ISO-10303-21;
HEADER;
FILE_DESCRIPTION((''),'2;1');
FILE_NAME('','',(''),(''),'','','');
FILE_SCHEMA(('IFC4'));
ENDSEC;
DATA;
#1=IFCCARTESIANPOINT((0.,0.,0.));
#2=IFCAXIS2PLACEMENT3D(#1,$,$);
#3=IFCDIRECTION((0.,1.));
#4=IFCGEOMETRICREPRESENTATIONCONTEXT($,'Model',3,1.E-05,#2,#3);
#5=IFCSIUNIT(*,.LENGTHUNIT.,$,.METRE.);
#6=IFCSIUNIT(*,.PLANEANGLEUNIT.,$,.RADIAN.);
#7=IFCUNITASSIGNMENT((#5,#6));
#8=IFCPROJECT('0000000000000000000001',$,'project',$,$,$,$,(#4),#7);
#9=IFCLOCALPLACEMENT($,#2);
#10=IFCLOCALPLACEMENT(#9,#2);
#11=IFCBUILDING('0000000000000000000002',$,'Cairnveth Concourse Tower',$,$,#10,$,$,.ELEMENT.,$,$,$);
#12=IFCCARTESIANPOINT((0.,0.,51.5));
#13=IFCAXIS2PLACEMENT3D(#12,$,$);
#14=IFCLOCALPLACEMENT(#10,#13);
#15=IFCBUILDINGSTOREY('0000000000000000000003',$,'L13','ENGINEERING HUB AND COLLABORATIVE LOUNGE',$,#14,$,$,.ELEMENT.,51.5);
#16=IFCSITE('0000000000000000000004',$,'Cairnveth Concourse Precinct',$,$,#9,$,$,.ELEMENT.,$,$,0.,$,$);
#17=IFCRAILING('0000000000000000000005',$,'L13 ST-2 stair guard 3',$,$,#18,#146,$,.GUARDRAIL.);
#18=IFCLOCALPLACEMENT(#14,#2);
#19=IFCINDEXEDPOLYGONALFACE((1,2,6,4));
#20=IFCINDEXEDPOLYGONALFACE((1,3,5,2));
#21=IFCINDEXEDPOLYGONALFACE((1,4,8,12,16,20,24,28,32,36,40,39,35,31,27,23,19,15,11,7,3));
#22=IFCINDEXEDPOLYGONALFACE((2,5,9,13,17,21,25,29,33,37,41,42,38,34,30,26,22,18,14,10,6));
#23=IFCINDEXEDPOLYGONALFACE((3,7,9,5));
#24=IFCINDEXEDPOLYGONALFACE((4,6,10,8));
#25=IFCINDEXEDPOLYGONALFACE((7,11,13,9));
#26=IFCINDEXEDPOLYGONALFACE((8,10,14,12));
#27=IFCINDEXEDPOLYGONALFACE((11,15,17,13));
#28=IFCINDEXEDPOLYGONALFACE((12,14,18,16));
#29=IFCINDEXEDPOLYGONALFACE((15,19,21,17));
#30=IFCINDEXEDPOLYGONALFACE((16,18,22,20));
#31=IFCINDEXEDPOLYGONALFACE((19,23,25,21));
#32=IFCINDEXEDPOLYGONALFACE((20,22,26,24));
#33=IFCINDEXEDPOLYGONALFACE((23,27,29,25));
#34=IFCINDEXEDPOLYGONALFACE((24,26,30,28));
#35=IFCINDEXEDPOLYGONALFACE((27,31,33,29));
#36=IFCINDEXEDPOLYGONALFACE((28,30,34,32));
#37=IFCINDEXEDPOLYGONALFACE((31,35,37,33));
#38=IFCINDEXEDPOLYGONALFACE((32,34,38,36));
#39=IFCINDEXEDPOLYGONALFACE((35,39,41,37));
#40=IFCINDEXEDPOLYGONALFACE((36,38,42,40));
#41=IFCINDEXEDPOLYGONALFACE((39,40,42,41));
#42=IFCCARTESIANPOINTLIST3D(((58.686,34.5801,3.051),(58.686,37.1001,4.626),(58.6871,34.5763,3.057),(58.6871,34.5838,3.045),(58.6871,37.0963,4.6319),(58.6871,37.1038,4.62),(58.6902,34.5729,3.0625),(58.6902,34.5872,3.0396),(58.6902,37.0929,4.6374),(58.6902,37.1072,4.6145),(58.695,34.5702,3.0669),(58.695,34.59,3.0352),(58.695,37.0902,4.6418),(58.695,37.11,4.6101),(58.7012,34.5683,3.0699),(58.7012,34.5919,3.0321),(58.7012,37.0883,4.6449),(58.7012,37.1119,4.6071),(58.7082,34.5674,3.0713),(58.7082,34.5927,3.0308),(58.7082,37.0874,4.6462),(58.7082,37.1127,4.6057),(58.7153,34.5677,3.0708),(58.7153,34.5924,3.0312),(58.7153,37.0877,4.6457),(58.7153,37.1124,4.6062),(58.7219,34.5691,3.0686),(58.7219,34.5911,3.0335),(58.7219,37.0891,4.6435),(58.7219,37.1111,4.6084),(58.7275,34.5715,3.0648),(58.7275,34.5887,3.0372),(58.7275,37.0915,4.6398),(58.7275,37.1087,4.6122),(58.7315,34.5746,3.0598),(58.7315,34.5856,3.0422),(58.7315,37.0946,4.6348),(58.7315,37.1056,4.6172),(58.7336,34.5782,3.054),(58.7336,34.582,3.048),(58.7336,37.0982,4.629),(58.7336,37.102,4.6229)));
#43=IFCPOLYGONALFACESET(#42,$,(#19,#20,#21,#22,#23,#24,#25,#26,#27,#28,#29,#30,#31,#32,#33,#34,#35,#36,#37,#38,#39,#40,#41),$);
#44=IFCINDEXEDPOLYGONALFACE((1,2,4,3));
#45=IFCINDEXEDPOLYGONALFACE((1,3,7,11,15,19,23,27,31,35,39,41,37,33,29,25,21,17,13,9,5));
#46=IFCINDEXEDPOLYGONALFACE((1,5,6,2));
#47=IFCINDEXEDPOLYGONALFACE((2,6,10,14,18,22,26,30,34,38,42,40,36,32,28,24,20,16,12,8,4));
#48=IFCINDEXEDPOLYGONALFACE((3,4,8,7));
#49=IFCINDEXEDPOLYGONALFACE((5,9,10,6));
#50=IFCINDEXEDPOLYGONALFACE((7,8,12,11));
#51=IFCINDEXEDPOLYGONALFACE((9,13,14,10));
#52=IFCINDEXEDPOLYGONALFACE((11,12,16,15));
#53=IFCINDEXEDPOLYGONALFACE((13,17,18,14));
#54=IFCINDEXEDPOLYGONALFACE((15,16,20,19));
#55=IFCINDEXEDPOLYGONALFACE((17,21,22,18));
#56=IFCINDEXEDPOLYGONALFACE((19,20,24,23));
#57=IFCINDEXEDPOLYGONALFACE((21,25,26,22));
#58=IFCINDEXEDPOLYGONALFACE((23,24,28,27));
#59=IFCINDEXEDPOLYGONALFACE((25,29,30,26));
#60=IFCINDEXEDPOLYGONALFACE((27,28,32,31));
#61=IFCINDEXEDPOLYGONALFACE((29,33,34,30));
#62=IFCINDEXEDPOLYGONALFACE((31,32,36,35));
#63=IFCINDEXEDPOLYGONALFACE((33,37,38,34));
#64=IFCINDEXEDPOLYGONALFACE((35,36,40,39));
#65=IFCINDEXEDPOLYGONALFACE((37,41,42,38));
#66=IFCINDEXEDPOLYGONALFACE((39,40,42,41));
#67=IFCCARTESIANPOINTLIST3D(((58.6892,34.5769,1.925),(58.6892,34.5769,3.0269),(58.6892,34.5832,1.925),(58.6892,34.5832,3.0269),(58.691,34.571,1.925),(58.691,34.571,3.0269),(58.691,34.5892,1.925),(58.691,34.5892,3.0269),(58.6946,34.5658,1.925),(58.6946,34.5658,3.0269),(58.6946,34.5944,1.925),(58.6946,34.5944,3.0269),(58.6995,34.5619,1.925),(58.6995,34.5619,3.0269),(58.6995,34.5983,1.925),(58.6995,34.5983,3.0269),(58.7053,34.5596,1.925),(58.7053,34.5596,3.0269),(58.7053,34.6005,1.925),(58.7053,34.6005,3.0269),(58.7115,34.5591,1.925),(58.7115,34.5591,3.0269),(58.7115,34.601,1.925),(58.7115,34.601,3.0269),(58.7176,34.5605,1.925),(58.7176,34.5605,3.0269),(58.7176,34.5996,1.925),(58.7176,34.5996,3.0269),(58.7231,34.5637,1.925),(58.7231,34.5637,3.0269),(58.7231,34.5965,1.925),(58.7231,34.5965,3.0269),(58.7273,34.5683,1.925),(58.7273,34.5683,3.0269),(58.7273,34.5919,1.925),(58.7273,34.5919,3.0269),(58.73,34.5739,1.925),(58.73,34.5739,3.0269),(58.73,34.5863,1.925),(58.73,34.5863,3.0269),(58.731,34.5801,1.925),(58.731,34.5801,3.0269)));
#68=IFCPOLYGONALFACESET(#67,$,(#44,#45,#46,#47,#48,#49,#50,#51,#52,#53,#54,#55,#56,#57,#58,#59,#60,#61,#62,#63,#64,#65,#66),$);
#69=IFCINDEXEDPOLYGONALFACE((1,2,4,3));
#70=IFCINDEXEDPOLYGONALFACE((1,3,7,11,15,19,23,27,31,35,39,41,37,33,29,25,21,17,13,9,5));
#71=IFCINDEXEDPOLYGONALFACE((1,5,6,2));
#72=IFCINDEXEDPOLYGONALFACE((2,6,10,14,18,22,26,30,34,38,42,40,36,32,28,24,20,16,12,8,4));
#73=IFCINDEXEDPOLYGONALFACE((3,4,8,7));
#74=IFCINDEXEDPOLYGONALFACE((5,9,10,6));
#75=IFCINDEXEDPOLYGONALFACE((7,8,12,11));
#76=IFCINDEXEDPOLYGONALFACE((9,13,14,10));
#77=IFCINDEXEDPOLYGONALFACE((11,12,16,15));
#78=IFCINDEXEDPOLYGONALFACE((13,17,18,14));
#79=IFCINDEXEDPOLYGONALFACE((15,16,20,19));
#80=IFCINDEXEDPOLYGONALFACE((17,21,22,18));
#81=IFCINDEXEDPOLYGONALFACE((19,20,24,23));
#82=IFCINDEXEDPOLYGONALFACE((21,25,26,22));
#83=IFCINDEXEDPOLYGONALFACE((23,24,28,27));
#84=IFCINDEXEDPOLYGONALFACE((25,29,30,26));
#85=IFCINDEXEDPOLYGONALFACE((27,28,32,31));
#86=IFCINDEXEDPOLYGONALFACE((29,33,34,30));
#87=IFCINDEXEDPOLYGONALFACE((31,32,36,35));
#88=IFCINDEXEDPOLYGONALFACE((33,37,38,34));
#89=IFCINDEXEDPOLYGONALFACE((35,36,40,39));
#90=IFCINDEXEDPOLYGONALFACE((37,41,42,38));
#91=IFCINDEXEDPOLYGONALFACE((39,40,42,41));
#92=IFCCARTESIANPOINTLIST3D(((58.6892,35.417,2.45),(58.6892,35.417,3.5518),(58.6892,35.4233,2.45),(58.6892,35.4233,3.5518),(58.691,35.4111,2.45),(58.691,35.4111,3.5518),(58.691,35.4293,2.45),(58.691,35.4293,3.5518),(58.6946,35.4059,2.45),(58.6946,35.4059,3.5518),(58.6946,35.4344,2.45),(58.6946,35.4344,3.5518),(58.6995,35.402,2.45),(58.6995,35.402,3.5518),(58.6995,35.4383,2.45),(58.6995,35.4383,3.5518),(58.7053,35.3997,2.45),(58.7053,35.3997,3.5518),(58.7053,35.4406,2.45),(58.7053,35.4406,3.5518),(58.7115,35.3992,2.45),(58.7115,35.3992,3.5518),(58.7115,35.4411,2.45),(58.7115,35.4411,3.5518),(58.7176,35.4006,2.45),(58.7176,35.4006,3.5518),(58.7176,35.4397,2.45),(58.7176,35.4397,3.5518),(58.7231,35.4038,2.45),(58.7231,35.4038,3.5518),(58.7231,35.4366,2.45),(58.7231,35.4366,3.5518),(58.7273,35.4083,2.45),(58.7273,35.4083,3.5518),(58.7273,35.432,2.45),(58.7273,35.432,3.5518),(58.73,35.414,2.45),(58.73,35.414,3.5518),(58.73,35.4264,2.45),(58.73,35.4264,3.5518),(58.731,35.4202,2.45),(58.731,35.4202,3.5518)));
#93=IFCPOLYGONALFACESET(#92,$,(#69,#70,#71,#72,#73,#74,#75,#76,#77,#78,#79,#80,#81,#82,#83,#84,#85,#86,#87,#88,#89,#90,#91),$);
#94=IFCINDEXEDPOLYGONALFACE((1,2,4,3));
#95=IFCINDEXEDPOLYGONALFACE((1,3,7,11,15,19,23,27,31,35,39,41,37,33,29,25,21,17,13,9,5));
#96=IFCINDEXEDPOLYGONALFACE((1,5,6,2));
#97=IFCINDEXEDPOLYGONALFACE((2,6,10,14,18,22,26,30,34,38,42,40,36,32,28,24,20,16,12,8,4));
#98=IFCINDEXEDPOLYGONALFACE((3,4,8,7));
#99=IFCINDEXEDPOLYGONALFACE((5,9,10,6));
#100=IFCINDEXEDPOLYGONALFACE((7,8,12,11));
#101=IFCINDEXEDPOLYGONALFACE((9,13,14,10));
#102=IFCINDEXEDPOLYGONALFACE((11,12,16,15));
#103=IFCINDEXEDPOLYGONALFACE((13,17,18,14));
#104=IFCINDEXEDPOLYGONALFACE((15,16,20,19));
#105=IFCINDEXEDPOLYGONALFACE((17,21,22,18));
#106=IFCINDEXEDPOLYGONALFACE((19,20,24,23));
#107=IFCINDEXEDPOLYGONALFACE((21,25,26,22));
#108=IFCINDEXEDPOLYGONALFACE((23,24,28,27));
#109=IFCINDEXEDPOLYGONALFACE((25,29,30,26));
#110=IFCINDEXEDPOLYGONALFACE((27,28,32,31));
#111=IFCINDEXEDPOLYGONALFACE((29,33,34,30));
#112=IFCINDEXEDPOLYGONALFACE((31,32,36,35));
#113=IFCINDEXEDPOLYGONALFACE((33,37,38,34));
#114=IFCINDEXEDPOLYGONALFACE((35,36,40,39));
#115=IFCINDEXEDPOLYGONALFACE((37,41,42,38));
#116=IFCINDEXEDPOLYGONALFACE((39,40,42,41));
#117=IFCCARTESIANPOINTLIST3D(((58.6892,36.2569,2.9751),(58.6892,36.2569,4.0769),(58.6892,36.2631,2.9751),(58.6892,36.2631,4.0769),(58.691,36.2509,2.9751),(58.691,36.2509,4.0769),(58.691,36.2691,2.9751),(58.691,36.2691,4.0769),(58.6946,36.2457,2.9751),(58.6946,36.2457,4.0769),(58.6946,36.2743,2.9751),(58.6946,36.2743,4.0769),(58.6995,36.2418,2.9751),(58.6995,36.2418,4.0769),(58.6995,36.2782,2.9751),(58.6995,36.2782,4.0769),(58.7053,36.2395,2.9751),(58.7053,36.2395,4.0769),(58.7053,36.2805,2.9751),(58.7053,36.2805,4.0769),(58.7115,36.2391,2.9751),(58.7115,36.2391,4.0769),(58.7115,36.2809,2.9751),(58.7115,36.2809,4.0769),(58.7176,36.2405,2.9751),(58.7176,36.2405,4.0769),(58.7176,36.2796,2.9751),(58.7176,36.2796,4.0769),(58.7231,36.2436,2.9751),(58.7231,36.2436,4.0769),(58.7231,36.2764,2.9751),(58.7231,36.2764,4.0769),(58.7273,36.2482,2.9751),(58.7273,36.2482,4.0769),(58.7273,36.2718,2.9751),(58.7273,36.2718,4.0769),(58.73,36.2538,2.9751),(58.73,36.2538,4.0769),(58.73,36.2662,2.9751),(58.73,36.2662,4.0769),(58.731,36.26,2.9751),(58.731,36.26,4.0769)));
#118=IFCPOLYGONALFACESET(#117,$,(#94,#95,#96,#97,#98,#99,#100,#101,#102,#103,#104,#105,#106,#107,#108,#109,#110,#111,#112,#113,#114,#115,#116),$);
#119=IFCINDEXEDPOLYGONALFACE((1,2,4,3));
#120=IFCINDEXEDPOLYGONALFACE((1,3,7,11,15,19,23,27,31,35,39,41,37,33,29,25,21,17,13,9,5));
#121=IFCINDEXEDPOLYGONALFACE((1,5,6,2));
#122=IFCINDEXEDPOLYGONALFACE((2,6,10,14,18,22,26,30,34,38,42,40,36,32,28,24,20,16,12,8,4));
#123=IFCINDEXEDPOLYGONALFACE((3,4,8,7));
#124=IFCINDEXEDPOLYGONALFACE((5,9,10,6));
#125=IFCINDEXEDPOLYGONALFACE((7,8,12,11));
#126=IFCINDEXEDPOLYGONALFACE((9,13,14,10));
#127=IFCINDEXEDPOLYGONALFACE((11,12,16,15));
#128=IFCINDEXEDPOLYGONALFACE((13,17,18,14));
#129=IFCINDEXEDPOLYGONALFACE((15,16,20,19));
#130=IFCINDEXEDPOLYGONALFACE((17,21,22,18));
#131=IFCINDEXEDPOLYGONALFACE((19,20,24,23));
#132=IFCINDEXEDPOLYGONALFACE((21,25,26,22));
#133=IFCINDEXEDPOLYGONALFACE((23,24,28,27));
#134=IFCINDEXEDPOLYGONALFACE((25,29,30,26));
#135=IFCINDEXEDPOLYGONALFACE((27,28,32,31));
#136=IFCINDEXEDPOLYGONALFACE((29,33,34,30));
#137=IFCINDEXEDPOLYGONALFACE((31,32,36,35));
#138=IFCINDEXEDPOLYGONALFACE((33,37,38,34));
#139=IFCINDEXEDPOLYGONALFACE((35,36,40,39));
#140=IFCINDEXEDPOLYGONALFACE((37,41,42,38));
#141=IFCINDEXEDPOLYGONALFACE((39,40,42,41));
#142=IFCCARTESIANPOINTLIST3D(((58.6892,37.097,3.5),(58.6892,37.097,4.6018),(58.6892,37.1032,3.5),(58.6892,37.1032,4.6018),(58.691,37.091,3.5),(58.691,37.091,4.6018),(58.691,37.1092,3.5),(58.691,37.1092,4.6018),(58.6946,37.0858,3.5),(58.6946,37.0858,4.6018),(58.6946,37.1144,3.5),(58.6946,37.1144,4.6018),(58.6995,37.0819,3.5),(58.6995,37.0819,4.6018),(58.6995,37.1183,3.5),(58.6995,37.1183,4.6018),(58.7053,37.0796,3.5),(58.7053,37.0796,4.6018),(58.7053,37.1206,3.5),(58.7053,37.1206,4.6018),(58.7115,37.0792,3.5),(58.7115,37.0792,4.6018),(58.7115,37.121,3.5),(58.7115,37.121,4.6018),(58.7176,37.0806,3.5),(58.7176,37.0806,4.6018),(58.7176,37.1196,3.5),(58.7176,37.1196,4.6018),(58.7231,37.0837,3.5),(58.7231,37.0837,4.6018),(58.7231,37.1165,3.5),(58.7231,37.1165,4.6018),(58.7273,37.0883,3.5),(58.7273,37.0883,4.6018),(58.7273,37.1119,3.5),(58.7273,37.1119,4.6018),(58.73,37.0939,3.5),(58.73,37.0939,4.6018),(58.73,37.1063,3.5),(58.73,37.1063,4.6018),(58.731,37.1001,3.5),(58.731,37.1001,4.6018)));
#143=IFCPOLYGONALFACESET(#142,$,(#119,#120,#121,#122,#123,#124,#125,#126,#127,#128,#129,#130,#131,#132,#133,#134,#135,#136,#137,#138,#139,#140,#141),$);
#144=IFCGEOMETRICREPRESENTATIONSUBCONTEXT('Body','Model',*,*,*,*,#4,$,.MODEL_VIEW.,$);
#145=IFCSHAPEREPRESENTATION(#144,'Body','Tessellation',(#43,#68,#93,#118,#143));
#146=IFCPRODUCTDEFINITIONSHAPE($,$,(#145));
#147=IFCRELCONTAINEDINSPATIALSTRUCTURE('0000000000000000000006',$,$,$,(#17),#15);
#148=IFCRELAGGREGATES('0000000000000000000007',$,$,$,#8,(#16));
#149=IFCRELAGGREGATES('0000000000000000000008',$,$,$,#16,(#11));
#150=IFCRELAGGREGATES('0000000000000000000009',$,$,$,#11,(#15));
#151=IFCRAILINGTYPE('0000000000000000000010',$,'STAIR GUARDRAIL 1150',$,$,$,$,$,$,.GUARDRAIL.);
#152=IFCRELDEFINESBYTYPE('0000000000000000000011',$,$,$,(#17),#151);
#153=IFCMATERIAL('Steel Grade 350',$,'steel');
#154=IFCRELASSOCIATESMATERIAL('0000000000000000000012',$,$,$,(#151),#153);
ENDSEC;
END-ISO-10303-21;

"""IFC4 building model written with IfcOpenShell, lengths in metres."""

from ifc_helpers import new_model, si_unit, direction, frame, origin, origin_2d, place, context, subcontext, project, spatial, circle, extrude, material, type_object, element, save


model = new_model("IFC4")

# Units and contexts
model_context = context("Model", 3, precision=1e-05, world=origin(), true_north=direction((0.0, 1.0)))
body_context = subcontext(model_context, "Body", "Model", "MODEL_VIEW")
ifc_project = project(units=[si_unit("LENGTHUNIT", "METRE"), si_unit("PLANEANGLEUNIT", "RADIAN")], contexts=[model_context])

# Site, building, storey
site_placement = place(None, origin())
site = spatial("IfcSite", under=ifc_project, at=site_placement, Name="Cairnveth Concourse Precinct", CompositionType="ELEMENT", RefElevation=0.0)
building_placement = place(site_placement, origin())
building = spatial("IfcBuilding", under=site, at=building_placement, Name="Cairnveth Concourse Tower", CompositionType="ELEMENT")
storey_placement = place(building_placement, frame((0.0, 0.0, 51.5)))
storey = spatial("IfcBuildingStorey", under=building, at=storey_placement, Name="L13", Description="ENGINEERING HUB AND COLLABORATIVE LOUNGE", CompositionType="ELEMENT", Elevation=51.5)

# Shared definitions
ifc_material_1 = material(Name="Steel Grade 350", Category="steel")

# Railing
railing_type_1 = type_object("IfcRailingType", Name="STAIR GUARDRAIL 1150", PredefinedType="GUARDRAIL", material=ifc_material_1)
railing_1_placement = place(storey_placement, frame((58.71, 34.5801, 1.925)))
element("IfcRailing", 1, at=railing_1_placement, inside=storey, type_object=railing_type_1, Name="L13 ST-2 stair guard 3", PredefinedType="GUARDRAIL", context=body_context, shape_type="SweptSolid", body=[
    extrude(circle(Radius=0.0239, at=origin_2d()), frame((0.0, 0.0, 1.126), z_axis=(0.0, 0.848008, 0.529984), x_axis=(-1.0, 0.0, 0.0)), (0.0, 0.0, 1.0), 2.9717),
    extrude(circle(Radius=0.021, at=origin_2d()), origin(), (0.0, 0.0, 1.0), 1.1018),
    extrude(circle(Radius=0.021, at=origin_2d()), frame((0.0, 0.8401, 0.5249)), (0.0, 0.0, 1.0), 1.1018),
    extrude(circle(Radius=0.021, at=origin_2d()), frame((0.0, 1.6799, 1.05)), (0.0, 0.0, 1.0), 1.1018),
    extrude(circle(Radius=0.021, at=origin_2d()), frame((0.0, 2.52, 1.575)), (0.0, 0.0, 1.0), 1.1018),
])

save(model, "model.ifc")
